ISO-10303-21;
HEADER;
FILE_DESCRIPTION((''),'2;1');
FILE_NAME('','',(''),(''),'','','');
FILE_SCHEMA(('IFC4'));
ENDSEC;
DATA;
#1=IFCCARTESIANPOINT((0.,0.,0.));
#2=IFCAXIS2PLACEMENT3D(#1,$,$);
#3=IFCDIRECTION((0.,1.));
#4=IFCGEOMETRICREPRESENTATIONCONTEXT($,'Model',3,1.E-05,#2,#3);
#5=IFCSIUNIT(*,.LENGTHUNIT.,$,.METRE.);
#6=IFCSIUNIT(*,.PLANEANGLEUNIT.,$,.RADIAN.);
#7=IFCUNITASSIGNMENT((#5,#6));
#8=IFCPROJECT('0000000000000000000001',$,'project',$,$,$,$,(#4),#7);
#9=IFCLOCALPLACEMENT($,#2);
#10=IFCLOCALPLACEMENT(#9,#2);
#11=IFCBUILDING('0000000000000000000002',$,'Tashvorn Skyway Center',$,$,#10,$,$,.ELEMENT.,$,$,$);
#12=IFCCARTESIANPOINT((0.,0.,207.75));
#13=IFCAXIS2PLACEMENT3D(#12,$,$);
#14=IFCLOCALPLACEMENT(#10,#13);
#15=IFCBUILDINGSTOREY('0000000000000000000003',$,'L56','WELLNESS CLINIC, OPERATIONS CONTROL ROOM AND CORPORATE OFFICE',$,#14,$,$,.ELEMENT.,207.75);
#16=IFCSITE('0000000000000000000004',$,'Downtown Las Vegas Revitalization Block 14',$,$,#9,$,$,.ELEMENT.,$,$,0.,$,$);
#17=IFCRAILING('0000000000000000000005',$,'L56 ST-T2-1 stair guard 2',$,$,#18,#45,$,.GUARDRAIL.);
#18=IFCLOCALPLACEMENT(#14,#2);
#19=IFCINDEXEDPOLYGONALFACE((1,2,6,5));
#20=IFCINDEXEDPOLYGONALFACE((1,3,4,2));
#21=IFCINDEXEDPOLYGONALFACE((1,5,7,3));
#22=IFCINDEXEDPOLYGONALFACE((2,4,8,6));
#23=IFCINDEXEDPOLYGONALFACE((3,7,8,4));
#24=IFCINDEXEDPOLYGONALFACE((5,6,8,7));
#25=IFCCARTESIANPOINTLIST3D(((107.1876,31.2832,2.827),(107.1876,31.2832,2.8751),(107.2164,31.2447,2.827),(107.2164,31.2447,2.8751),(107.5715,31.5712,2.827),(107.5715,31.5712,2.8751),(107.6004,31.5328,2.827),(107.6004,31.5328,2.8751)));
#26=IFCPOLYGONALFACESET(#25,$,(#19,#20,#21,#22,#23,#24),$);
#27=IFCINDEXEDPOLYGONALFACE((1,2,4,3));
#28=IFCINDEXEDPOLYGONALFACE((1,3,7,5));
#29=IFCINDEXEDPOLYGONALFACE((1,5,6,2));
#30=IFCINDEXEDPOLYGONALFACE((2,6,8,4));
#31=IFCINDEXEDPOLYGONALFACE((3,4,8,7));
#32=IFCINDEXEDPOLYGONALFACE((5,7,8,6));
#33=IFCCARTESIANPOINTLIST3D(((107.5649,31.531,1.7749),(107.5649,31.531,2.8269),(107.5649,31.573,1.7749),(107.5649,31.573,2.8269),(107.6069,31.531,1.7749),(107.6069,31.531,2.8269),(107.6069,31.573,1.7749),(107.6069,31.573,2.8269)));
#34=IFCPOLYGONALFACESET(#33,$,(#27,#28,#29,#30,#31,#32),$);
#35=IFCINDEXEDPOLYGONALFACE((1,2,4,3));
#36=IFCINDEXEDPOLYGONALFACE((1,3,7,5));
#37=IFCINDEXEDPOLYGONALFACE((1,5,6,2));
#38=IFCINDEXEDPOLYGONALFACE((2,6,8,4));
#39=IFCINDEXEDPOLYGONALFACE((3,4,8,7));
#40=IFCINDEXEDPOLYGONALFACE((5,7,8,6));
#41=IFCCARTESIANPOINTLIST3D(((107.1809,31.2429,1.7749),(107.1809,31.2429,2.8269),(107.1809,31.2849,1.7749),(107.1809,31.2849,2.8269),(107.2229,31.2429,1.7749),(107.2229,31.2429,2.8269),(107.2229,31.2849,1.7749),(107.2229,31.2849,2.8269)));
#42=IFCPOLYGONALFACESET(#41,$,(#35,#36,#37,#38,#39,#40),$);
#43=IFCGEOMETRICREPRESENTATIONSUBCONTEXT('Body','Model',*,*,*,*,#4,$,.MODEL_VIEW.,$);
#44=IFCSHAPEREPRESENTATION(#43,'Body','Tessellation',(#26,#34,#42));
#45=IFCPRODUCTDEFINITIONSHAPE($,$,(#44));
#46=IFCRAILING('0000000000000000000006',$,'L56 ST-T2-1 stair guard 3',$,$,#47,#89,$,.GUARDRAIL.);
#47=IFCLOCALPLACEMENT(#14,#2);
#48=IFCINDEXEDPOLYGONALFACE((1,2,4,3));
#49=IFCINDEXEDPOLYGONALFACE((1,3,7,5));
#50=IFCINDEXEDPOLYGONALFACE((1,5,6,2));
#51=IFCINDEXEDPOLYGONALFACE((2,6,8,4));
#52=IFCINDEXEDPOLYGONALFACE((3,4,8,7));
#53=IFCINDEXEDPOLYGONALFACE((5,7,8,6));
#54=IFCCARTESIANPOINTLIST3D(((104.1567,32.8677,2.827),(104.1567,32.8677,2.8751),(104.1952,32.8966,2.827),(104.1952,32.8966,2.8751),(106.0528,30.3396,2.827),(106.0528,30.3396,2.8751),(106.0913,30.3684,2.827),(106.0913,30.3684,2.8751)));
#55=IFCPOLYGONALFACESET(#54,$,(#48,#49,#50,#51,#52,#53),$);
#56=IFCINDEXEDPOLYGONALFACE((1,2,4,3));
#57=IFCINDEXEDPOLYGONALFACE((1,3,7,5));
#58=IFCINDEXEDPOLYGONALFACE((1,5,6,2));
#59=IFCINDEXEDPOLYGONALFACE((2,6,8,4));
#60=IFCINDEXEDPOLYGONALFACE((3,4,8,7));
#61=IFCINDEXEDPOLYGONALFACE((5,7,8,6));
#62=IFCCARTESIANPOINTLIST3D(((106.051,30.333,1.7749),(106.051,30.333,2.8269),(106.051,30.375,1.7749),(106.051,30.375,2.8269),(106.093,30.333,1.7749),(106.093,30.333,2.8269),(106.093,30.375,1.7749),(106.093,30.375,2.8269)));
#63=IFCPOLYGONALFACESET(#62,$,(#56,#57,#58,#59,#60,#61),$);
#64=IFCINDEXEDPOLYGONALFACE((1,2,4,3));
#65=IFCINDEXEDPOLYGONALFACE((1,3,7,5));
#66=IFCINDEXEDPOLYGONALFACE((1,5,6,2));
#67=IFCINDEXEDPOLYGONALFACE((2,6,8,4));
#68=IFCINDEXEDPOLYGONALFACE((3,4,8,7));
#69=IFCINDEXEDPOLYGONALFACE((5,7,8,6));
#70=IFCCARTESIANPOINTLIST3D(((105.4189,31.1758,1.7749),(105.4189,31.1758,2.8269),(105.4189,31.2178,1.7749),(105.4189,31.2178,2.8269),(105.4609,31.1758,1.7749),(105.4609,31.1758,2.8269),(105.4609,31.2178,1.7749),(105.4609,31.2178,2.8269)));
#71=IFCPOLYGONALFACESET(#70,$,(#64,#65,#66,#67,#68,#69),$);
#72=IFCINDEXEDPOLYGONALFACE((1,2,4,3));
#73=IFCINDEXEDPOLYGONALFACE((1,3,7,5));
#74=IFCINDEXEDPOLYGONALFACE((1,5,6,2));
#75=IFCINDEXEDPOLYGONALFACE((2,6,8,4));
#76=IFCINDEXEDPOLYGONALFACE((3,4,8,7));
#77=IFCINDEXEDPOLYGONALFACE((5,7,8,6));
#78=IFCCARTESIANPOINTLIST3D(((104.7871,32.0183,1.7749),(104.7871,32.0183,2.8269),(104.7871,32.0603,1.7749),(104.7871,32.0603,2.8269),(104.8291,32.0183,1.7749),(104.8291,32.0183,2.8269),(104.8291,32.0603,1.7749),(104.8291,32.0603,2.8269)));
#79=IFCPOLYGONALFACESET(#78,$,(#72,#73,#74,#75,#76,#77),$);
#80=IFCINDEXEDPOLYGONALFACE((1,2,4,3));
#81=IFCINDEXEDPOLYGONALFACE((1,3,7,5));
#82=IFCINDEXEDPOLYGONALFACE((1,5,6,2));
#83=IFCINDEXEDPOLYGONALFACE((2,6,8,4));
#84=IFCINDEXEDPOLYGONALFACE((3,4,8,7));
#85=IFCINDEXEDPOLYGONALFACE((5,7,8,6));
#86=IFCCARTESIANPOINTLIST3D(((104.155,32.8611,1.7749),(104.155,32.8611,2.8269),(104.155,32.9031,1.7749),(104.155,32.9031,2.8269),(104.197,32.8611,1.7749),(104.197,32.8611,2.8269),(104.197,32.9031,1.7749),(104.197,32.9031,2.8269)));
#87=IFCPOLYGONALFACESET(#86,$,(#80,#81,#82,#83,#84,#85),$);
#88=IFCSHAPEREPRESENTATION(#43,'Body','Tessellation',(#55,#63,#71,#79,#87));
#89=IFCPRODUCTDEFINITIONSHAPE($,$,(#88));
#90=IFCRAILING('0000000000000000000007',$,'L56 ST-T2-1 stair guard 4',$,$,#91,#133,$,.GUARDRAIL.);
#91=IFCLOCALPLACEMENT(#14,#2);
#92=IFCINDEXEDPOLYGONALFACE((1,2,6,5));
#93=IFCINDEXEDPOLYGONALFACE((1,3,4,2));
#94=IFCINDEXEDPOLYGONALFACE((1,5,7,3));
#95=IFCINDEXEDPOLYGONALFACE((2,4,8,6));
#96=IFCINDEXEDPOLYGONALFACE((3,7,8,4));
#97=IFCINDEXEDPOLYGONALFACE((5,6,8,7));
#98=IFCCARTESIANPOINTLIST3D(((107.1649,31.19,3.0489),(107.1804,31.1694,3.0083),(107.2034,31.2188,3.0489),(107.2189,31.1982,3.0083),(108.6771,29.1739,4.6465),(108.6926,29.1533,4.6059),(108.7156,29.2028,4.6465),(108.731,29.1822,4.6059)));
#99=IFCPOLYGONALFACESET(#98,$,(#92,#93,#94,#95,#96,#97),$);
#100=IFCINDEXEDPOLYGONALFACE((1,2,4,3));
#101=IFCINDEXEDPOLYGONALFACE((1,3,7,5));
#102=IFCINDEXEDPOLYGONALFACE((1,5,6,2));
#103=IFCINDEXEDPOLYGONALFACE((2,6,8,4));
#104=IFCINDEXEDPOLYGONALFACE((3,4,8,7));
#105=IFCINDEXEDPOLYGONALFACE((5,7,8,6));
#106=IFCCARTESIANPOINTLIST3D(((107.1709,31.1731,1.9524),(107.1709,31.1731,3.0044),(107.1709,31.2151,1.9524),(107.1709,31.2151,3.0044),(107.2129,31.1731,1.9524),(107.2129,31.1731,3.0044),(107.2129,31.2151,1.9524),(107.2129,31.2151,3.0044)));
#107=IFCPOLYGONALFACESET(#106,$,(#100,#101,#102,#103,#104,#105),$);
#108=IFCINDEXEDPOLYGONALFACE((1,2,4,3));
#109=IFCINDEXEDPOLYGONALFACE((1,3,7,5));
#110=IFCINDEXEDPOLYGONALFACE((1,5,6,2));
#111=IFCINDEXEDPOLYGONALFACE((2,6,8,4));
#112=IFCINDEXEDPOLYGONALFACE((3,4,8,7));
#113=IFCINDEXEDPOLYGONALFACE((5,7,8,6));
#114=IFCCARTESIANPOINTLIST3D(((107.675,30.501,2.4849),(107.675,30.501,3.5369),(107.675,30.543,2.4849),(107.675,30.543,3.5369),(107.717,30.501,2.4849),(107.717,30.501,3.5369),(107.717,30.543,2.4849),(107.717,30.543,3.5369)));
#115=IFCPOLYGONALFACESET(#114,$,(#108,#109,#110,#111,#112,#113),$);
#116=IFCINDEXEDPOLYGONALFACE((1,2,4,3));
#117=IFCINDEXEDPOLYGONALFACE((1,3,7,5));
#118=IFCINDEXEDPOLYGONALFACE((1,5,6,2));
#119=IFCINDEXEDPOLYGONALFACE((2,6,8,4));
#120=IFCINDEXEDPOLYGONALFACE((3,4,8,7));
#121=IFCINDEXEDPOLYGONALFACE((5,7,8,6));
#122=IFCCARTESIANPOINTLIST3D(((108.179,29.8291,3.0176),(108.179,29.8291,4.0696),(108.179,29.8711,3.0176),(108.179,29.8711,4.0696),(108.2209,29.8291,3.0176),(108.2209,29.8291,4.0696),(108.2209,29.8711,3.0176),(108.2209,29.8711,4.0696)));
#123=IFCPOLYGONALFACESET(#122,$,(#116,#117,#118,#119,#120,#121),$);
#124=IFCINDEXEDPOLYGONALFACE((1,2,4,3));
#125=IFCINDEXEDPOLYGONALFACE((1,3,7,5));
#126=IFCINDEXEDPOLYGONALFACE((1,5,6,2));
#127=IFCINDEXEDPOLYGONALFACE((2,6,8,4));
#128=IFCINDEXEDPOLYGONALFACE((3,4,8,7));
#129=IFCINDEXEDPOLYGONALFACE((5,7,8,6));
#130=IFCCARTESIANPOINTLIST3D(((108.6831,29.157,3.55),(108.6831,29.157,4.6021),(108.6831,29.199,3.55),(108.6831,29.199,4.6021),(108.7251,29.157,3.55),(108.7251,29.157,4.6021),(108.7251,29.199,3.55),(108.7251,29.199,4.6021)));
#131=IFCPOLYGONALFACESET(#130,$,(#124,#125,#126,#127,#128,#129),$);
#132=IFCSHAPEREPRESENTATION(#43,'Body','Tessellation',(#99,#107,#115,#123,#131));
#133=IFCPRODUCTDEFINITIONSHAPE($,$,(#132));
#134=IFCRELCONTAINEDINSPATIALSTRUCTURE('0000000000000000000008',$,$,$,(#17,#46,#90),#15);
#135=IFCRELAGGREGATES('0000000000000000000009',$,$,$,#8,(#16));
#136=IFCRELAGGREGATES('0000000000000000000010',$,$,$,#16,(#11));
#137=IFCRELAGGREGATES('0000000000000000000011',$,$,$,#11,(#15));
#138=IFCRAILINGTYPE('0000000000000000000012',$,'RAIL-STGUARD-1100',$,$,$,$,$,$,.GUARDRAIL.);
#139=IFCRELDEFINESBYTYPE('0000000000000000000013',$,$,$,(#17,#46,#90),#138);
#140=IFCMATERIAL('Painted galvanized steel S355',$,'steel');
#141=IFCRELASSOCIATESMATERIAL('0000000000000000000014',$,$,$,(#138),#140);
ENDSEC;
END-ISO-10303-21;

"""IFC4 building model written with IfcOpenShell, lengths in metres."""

from ifc_helpers import new_model, si_unit, direction, frame, origin, origin_2d, place, context, subcontext, project, spatial, rectangle, extrude, material, type_object, element, save


model = new_model("IFC4")

# Units and contexts
model_context = context("Model", 3, precision=1e-05, world=origin(), true_north=direction((0.0, 1.0)))
body_context = subcontext(model_context, "Body", "Model", "MODEL_VIEW")
ifc_project = project(units=[si_unit("LENGTHUNIT", "METRE"), si_unit("PLANEANGLEUNIT", "RADIAN")], contexts=[model_context])

# Site, building, storey
site_placement = place(None, origin())
site = spatial("IfcSite", under=ifc_project, at=site_placement, Name="Downtown Las Vegas Revitalization Block 14", CompositionType="ELEMENT", RefElevation=0.0)
building_placement = place(site_placement, origin())
building = spatial("IfcBuilding", under=site, at=building_placement, Name="Tashvorn Skyway Center", CompositionType="ELEMENT")
storey_placement = place(building_placement, frame((0.0, 0.0, 207.75)))
storey = spatial("IfcBuildingStorey", under=building, at=storey_placement, Name="L56", Description="WELLNESS CLINIC, OPERATIONS CONTROL ROOM AND CORPORATE OFFICE", CompositionType="ELEMENT", Elevation=207.75)

# Railings
ifc_material_1 = material(Name="Painted galvanized steel S355", Category="steel")
railing_type_1 = type_object("IfcRailingType", Name="RAIL-STGUARD-1100", PredefinedType="GUARDRAIL", material=ifc_material_1)
railing_1_placement = place(storey_placement, frame((107.5859, 31.552, 1.7749)))
element("IfcRailing", 1, at=railing_1_placement, inside=storey, type_object=railing_type_1, Name="L56 ST-T2-1 stair guard 2", PredefinedType="GUARDRAIL", context=body_context, shape_type="SweptSolid", body=[
    extrude(rectangle(XDim=0.0481, YDim=0.0481, at=origin_2d()), frame((0.0, 0.0, 1.0762), z_axis=(-0.799939, -0.600081, 0.0), x_axis=(0.600081, -0.799939, 0.0)), (0.0, 0.0, 1.0), 0.48),
    extrude(rectangle(XDim=0.042, YDim=0.042, at=origin_2d()), origin(), (0.0, 0.0, 1.0), 1.052),
    extrude(rectangle(XDim=0.042, YDim=0.042, at=origin_2d()), frame((-0.384, -0.2881, 0.0)), (0.0, 0.0, 1.0), 1.052),
])
railing_2_placement = place(storey_placement, frame((106.072, 30.354, 1.7749)))
element("IfcRailing", 2, at=railing_2_placement, inside=storey, type_object=railing_type_1, Name="L56 ST-T2-1 stair guard 3", PredefinedType="GUARDRAIL", context=body_context, shape_type="SweptSolid", body=[
    extrude(rectangle(XDim=0.0481, YDim=0.0481, at=origin_2d()), frame((0.0, 0.0, 1.0762), z_axis=(-0.599988, 0.800009, 0.0), x_axis=(-0.800009, -0.599988, 0.0)), (0.0, 0.0, 1.0), 3.1602),
    extrude(rectangle(XDim=0.042, YDim=0.042, at=origin_2d()), origin(), (0.0, 0.0, 1.0), 1.052),
    extrude(rectangle(XDim=0.042, YDim=0.042, at=origin_2d()), frame((-0.6321, 0.8428, 0.0)), (0.0, 0.0, 1.0), 1.052),
    extrude(rectangle(XDim=0.042, YDim=0.042, at=origin_2d()), frame((-1.2639, 1.6853, 0.0)), (0.0, 0.0, 1.0), 1.052),
    extrude(rectangle(XDim=0.042, YDim=0.042, at=origin_2d()), frame((-1.896, 2.5281, 0.0)), (0.0, 0.0, 1.0), 1.052),
])
railing_3_placement = place(storey_placement, frame((107.1919, 31.1941, 1.9524)))
element("IfcRailing", 3, at=railing_3_placement, inside=storey, type_object=railing_type_1, Name="L56 ST-T2-1 stair guard 4", PredefinedType="GUARDRAIL", context=body_context, shape_type="SweptSolid", body=[
    extrude(rectangle(XDim=0.0481, YDim=0.0481, at=origin_2d()), frame((0.0, 0.0, 1.0762), z_axis=(0.506779, -0.675651, 0.535416), x_axis=(0.799977, 0.600031, 0.0)), (0.0, 0.0, 1.0), 2.9839),
    extrude(rectangle(XDim=0.042, YDim=0.042, at=origin_2d()), origin(), (0.0, 0.0, 1.0), 1.052),
    extrude(rectangle(XDim=0.042, YDim=0.042, at=origin_2d()), frame((0.5042, -0.6721, 0.5325)), (0.0, 0.0, 1.0), 1.052),
    extrude(rectangle(XDim=0.042, YDim=0.042, at=origin_2d()), frame((1.0081, -1.344, 1.0652)), (0.0, 0.0, 1.0), 1.052),
    extrude(rectangle(XDim=0.042, YDim=0.042, at=origin_2d()), frame((1.5122, -2.0161, 1.5977)), (0.0, 0.0, 1.0), 1.052),
])

save(model, "model.ifc")
